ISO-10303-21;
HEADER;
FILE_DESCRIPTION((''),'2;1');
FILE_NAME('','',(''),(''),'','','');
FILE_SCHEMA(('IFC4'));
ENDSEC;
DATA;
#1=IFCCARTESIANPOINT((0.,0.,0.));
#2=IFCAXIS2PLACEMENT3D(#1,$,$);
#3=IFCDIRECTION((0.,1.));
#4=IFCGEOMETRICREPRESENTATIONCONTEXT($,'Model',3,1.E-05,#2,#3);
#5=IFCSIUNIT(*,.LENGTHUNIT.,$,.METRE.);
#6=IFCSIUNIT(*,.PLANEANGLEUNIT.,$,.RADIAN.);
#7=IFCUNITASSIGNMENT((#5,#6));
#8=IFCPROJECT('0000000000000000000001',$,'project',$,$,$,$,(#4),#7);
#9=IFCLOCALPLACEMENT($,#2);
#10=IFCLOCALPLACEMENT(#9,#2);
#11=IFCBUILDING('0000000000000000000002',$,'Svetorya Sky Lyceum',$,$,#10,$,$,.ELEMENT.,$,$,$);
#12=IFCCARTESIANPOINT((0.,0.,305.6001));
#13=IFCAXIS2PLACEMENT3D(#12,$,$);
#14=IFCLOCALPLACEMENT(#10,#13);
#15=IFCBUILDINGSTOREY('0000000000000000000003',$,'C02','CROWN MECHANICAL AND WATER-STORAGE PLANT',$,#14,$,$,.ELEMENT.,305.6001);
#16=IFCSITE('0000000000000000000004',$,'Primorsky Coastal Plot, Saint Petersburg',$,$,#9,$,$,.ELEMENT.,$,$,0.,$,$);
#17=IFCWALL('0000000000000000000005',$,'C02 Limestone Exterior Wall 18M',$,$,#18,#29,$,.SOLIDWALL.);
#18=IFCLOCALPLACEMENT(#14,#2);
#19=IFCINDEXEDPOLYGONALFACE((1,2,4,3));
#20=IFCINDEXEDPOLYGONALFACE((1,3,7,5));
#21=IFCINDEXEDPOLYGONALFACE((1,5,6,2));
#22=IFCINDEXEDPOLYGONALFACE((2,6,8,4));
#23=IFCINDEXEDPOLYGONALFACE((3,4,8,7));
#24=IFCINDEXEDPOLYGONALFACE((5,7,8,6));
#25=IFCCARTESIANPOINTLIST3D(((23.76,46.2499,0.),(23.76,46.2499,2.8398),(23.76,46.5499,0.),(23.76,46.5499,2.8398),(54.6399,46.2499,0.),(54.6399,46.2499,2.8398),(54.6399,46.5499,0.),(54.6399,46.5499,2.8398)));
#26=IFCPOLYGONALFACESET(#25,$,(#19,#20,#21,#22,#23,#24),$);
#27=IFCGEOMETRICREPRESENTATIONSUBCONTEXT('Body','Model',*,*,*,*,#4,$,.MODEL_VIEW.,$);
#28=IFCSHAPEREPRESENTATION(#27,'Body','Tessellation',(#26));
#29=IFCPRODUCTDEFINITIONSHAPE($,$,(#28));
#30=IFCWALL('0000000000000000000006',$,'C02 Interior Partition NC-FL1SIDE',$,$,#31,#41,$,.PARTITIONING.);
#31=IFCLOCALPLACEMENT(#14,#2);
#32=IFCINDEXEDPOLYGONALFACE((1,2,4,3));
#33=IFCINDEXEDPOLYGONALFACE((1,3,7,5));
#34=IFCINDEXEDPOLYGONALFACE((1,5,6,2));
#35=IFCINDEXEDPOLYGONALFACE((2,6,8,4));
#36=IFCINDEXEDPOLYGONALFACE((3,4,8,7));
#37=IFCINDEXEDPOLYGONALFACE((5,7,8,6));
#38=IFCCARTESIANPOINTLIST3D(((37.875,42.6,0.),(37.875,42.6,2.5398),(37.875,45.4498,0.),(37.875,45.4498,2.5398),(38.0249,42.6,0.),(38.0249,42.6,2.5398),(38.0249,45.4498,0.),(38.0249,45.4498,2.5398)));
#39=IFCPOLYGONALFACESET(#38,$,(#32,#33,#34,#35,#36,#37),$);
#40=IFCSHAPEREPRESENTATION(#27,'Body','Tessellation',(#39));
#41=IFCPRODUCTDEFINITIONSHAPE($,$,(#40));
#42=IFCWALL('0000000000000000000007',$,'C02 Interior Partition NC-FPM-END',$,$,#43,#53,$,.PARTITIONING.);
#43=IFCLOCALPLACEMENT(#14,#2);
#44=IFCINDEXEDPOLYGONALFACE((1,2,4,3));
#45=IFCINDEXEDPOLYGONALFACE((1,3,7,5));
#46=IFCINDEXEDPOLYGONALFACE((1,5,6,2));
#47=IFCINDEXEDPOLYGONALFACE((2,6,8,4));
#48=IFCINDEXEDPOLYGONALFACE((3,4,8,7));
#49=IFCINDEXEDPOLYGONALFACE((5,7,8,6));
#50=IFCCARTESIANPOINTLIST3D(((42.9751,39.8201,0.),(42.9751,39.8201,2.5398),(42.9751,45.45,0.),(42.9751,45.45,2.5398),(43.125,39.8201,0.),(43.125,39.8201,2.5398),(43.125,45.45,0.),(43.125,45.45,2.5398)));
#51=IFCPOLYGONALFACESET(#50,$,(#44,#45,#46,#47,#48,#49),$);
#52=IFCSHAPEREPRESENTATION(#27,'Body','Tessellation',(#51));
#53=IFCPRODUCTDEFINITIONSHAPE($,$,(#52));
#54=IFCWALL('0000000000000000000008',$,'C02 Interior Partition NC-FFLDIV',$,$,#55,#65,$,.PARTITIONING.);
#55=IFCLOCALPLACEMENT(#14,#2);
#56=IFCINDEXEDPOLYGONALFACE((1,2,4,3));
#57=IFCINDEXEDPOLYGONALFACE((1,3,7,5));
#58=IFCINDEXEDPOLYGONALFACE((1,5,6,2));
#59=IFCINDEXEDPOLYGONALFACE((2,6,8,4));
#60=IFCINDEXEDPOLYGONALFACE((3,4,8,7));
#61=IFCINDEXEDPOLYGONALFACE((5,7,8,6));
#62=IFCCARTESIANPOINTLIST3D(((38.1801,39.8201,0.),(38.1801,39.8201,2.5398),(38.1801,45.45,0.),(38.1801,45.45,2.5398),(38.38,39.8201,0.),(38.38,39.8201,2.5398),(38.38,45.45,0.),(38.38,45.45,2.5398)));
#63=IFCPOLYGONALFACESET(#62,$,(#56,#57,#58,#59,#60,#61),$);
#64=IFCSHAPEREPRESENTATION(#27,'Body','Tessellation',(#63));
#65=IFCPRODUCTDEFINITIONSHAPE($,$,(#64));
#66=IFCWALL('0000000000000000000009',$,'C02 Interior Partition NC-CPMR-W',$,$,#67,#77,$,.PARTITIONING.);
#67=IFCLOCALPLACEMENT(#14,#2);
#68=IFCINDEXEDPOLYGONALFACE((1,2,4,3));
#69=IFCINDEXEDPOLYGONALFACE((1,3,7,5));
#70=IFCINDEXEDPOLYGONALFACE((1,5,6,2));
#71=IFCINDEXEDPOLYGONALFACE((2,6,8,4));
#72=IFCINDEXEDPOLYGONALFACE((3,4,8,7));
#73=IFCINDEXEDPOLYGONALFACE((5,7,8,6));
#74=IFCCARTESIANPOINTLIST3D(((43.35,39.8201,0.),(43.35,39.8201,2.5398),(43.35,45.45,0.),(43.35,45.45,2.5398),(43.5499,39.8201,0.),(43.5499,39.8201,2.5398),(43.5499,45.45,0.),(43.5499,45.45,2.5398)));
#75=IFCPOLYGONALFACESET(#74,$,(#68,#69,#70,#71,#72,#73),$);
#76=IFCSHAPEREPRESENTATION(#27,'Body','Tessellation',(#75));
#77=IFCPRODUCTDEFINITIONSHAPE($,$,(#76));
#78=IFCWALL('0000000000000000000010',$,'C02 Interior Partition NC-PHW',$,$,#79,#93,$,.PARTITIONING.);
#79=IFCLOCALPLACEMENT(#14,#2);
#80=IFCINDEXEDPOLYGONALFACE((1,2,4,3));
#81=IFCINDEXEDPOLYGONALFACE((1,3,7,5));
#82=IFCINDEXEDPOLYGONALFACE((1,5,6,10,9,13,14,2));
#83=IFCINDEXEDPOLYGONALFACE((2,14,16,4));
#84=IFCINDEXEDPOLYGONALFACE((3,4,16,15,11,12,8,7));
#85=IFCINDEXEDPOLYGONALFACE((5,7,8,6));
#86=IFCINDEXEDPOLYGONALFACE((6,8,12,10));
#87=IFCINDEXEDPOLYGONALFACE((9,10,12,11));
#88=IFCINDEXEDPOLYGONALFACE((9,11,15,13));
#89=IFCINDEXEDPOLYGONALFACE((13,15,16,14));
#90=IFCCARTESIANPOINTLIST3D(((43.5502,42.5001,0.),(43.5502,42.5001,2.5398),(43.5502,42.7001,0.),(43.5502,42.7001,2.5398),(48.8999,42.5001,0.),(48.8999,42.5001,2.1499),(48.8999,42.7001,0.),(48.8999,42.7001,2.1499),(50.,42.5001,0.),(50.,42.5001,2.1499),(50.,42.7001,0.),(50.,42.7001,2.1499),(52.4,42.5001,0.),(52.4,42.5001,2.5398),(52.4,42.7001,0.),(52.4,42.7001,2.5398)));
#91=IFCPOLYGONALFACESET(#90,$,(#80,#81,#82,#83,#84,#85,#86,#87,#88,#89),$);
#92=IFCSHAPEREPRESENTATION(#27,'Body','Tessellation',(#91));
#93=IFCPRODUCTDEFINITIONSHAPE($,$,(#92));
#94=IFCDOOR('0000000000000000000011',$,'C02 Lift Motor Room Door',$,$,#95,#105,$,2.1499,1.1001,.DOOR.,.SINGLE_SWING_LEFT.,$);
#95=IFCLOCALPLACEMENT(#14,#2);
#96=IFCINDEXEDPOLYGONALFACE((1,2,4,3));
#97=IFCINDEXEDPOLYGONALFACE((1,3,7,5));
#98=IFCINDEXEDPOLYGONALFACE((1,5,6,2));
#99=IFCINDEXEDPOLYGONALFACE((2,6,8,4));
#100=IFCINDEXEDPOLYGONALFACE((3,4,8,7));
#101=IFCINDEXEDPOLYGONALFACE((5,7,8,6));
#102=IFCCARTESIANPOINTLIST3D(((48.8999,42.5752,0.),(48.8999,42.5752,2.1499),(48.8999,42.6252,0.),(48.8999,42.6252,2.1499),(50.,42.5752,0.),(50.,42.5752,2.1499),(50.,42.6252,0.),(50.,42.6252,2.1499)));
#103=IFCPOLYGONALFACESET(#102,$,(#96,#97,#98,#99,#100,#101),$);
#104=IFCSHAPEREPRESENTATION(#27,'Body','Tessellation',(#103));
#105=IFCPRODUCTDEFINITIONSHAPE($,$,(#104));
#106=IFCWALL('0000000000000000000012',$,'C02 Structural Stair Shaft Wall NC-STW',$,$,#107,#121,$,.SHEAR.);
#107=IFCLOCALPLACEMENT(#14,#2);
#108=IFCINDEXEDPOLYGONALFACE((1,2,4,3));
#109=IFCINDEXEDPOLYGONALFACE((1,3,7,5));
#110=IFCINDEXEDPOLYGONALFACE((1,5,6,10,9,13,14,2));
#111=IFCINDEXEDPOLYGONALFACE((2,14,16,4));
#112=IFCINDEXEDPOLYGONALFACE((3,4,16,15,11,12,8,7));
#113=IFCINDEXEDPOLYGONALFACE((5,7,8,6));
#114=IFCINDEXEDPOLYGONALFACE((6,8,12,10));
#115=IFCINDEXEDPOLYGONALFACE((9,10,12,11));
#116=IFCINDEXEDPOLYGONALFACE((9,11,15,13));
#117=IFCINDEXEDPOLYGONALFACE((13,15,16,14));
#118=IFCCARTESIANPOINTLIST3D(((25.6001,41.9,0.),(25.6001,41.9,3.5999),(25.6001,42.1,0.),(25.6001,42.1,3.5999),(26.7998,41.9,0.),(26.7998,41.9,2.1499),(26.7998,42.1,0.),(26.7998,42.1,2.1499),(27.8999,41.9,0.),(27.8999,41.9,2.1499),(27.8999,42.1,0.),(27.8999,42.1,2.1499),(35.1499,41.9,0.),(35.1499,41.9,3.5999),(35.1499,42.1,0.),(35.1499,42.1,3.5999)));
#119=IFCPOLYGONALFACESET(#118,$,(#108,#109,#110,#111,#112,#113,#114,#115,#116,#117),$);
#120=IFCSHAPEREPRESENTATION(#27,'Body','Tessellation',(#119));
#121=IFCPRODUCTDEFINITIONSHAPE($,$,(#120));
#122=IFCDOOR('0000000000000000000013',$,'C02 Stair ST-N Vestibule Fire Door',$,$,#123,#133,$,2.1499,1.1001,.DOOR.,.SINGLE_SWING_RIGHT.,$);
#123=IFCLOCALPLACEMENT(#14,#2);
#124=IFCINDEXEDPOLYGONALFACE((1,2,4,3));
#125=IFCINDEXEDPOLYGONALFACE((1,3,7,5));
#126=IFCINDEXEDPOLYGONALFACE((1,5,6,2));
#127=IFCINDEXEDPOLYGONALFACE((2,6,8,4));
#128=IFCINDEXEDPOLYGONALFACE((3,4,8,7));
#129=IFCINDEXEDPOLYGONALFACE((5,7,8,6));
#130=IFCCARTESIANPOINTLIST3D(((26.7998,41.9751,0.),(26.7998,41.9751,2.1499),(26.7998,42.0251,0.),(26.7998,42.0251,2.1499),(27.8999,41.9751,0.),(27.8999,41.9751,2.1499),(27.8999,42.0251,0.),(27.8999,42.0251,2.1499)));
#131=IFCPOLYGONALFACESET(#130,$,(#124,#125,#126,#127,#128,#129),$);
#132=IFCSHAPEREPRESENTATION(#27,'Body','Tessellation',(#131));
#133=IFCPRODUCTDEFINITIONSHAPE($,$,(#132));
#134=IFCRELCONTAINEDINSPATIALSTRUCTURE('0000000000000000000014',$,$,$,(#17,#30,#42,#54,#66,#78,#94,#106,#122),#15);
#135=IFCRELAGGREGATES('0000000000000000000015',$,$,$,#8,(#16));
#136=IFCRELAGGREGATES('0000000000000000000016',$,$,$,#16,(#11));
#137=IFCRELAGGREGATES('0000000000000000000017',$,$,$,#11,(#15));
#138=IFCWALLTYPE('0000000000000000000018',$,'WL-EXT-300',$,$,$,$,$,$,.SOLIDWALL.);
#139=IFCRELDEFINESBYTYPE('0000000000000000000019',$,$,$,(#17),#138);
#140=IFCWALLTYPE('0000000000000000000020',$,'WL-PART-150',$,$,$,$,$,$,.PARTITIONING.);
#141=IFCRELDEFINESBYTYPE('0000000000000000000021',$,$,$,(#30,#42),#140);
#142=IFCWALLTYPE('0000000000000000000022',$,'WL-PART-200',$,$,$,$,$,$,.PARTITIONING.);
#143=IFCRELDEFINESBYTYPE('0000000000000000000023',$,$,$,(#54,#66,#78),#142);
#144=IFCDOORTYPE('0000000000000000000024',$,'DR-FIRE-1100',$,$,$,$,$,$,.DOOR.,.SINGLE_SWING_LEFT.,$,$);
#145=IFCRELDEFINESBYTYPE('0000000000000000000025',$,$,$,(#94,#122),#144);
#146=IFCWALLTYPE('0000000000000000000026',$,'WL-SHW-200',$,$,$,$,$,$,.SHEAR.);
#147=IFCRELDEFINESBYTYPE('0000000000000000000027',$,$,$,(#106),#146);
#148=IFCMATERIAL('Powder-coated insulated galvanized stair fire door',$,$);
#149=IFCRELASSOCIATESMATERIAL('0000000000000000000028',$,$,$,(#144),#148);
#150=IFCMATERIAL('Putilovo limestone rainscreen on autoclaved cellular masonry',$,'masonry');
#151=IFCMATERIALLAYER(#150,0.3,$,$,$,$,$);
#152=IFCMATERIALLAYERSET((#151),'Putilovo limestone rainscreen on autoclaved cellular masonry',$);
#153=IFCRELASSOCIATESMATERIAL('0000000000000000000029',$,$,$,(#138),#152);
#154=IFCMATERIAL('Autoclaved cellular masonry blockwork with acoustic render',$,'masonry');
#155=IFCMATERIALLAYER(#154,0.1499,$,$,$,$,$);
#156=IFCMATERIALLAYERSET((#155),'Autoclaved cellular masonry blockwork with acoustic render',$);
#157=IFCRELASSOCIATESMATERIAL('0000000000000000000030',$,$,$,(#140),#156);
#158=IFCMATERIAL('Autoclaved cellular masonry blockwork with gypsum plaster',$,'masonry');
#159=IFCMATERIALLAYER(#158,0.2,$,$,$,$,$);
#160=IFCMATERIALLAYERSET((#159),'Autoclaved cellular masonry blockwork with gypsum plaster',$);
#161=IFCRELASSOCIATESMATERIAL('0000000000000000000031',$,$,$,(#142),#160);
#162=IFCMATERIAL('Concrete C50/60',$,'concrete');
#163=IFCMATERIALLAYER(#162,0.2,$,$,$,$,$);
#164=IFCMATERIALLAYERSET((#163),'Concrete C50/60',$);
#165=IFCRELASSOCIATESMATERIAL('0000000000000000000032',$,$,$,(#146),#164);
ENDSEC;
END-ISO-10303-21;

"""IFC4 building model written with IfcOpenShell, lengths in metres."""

from ifc_helpers import new_model, si_unit, direction, frame, frame_2d, origin, place, context, subcontext, project, spatial, rectangle, extrude, material, layer, layer_set, type_object, element, fill, save


model = new_model("IFC4")

# Units and contexts
model_context = context("Model", 3, precision=1e-05, world=origin(), true_north=direction((0.0, 1.0)))
body_context = subcontext(model_context, "Body", "Model", "MODEL_VIEW")
ifc_project = project(units=[si_unit("LENGTHUNIT", "METRE"), si_unit("PLANEANGLEUNIT", "RADIAN")], contexts=[model_context])

# Site, building, storey
site_placement = place(None, origin())
site = spatial("IfcSite", under=ifc_project, at=site_placement, Name="Primorsky Coastal Plot, Saint Petersburg", CompositionType="ELEMENT", RefElevation=0.0)
building_placement = place(site_placement, origin())
building = spatial("IfcBuilding", under=site, at=building_placement, Name="Svetorya Sky Lyceum", CompositionType="ELEMENT")
storey_placement = place(building_placement, frame((0.0, 0.0, 305.6001)))
storey = spatial("IfcBuildingStorey", under=building, at=storey_placement, Name="C02", Description="CROWN MECHANICAL AND WATER-STORAGE PLANT", CompositionType="ELEMENT", Elevation=305.6001)

# Shared definitions
ifc_material_1 = material(Name="Powder-coated insulated galvanized stair fire door")
door_type_1 = type_object("IfcDoorType", Name="DR-FIRE-1100", OperationType="SINGLE_SWING_LEFT", PredefinedType="DOOR", material=ifc_material_1)

# Walls
ifc_material_2 = material(Name="Putilovo limestone rainscreen on autoclaved cellular masonry", Category="masonry")
ifc_layer_1 = layer(ifc_material_2, 0.3)
ifc_layer_set_1 = layer_set([ifc_layer_1], Name="Putilovo limestone rainscreen on autoclaved cellular masonry")
wall_type_1 = type_object("IfcWallType", Name="WL-EXT-300", PredefinedType="SOLIDWALL", material=ifc_layer_set_1)
wall_1_placement = place(storey_placement, frame((54.6399, 46.3999, 0.0), z_axis=(0.0, 0.0, 1.0), x_axis=(-1.0, 0.0, 0.0)))
element("IfcWall", 1, at=wall_1_placement, inside=storey, type_object=wall_type_1, Name="C02 Limestone Exterior Wall 18M", PredefinedType="SOLIDWALL", context=body_context, shape_type="SweptSolid", body=[
    extrude(rectangle(XDim=30.8799, YDim=0.3, at=frame_2d((15.4399, 0.0))), origin(), (0.0, 0.0, 1.0), 2.8398),
])
ifc_material_3 = material(Name="Autoclaved cellular masonry blockwork with acoustic render", Category="masonry")
ifc_layer_2 = layer(ifc_material_3, 0.1499)
ifc_layer_set_2 = layer_set([ifc_layer_2], Name="Autoclaved cellular masonry blockwork with acoustic render")
wall_type_2 = type_object("IfcWallType", Name="WL-PART-150", PredefinedType="PARTITIONING", material=ifc_layer_set_2)
wall_2_placement = place(storey_placement, frame((37.95, 42.6001, 0.0), z_axis=(0.0, 0.0, 1.0), x_axis=(0.0, 1.0, 0.0)))
element("IfcWall", 2, at=wall_2_placement, inside=storey, type_object=wall_type_2, Name="C02 Interior Partition NC-FL1SIDE", PredefinedType="PARTITIONING", context=body_context, shape_type="SweptSolid", body=[
    extrude(rectangle(XDim=2.8499, YDim=0.1499, at=frame_2d((1.4248, 0.0))), origin(), (0.0, 0.0, 1.0), 2.5398),
])
wall_3_placement = place(storey_placement, frame((43.05, 39.8201, 0.0), z_axis=(0.0, 0.0, 1.0), x_axis=(0.0, 1.0, 0.0)))
element("IfcWall", 3, at=wall_3_placement, inside=storey, type_object=wall_type_2, Name="C02 Interior Partition NC-FPM-END", PredefinedType="PARTITIONING", context=body_context, shape_type="SweptSolid", body=[
    extrude(rectangle(XDim=5.6299, YDim=0.1499, at=frame_2d((2.8149, 0.0))), origin(), (0.0, 0.0, 1.0), 2.5398),
])

# Shared definitions
ifc_material_4 = material(Name="Autoclaved cellular masonry blockwork with gypsum plaster", Category="masonry")
ifc_layer_3 = layer(ifc_material_4, 0.2)
ifc_layer_set_3 = layer_set([ifc_layer_3], Name="Autoclaved cellular masonry blockwork with gypsum plaster")
wall_type_3 = type_object("IfcWallType", Name="WL-PART-200", PredefinedType="PARTITIONING", material=ifc_layer_set_3)

# Walls
for number, where, z_axis, x_axis, name in (
    (4, (38.28, 39.8201, 0.0), (0.0, 0.0, 1.0), (0.0, 1.0, 0.0), "C02 Interior Partition NC-FFLDIV"),
    (5, (43.45, 39.8201, 0.0), (0.0, 0.0, 1.0), (0.0, 1.0, 0.0), "C02 Interior Partition NC-CPMR-W"),
):
    element("IfcWall", number, at=place(storey_placement, frame(where, z_axis=z_axis, x_axis=x_axis)), inside=storey, type_object=wall_type_3, Name=name, PredefinedType="PARTITIONING", context=body_context, shape_type="SweptSolid", body=[
        extrude(rectangle(XDim=5.6299, YDim=0.2, at=frame_2d((2.8149, 0.0))), origin(), (0.0, 0.0, 1.0), 2.5398),
    ])

# Walls, openings, doors
wall_4_placement = place(storey_placement, frame((52.3999, 42.6001, 0.0), z_axis=(0.0, 0.0, 1.0), x_axis=(-1.0, 0.0, 0.0)))
wall_4 = element("IfcWall", 6, at=wall_4_placement, inside=storey, type_object=wall_type_3, Name="C02 Interior Partition NC-PHW", PredefinedType="PARTITIONING", context=body_context, shape_type="SweptSolid", body=[
    extrude(rectangle(XDim=8.8499, YDim=0.2, at=frame_2d((4.4248, 0.0))), origin(), (0.0, 0.0, 1.0), 2.5398),
])
opening_1_placement = place(wall_4_placement, frame((2.3999, 0.0, 0.0)))
opening_1 = element("IfcOpeningElement", 7, at=opening_1_placement, cuts=wall_4, PredefinedType="OPENING", context=body_context, shape_type="SweptSolid", body=[
    extrude(rectangle(XDim=1.1001, YDim=2.1499, at=frame_2d((0.55, 1.075))), frame((0.0, 0.1099, 0.0), z_axis=(0.0, -1.0, 0.0), x_axis=(1.0, 0.0, 0.0)), (0.0, 0.0, 1.0), 0.22),
])
door_1_placement = place(opening_1_placement, origin())
door_1 = element("IfcDoor", 8, at=door_1_placement, inside=storey, type_object=door_type_1, Name="C02 Lift Motor Room Door", OperationType="SINGLE_SWING_LEFT", OverallHeight=2.1499, OverallWidth=1.1001, PredefinedType="DOOR", context=body_context, shape_type="SweptSolid", body=[
    extrude(rectangle(XDim=1.1001, YDim=2.1499, at=frame_2d((0.55, 1.075))), frame((0.0, 0.0249, 0.0), z_axis=(0.0, -1.0, 0.0), x_axis=(1.0, 0.0, 0.0)), (0.0, 0.0, 1.0), 0.05),
])
fill(opening_1, door_1)
ifc_material_5 = material(Name="Concrete C50/60", Category="concrete")
ifc_layer_4 = layer(ifc_material_5, 0.2)
ifc_layer_set_4 = layer_set([ifc_layer_4], Name="Concrete C50/60")
wall_type_4 = type_object("IfcWallType", Name="WL-SHW-200", PredefinedType="SHEAR", material=ifc_layer_set_4)
wall_5_placement = place(storey_placement, frame((35.1499, 42.0, 0.0), z_axis=(0.0, 0.0, 1.0), x_axis=(-1.0, 0.0, 0.0)))
wall_5 = element("IfcWall", 9, at=wall_5_placement, inside=storey, type_object=wall_type_4, Name="C02 Structural Stair Shaft Wall NC-STW", PredefinedType="SHEAR", context=body_context, shape_type="SweptSolid", body=[
    extrude(rectangle(XDim=9.5498, YDim=0.2, at=frame_2d((4.7749, 0.0))), origin(), (0.0, 0.0, 1.0), 3.5999),
])
opening_2_placement = place(wall_5_placement, frame((7.25, 0.0, 0.0)))
opening_2 = element("IfcOpeningElement", 10, at=opening_2_placement, cuts=wall_5, PredefinedType="OPENING", context=body_context, shape_type="SweptSolid", body=[
    extrude(rectangle(XDim=1.1001, YDim=2.1499, at=frame_2d((0.55, 1.075))), frame((0.0, 0.1099, 0.0), z_axis=(0.0, -1.0, 0.0), x_axis=(1.0, 0.0, 0.0)), (0.0, 0.0, 1.0), 0.22),
])
door_2_placement = place(opening_2_placement, origin())
door_2 = element("IfcDoor", 11, at=door_2_placement, inside=storey, type_object=door_type_1, Name="C02 Stair ST-N Vestibule Fire Door", OperationType="SINGLE_SWING_RIGHT", OverallHeight=2.1499, OverallWidth=1.1001, PredefinedType="DOOR", context=body_context, shape_type="SweptSolid", body=[
    extrude(rectangle(XDim=1.1001, YDim=2.1499, at=frame_2d((0.55, 1.075))), frame((0.0, 0.0249, 0.0), z_axis=(0.0, -1.0, 0.0), x_axis=(1.0, 0.0, 0.0)), (0.0, 0.0, 1.0), 0.05),
])
fill(opening_2, door_2)

save(model, "model.ifc")
